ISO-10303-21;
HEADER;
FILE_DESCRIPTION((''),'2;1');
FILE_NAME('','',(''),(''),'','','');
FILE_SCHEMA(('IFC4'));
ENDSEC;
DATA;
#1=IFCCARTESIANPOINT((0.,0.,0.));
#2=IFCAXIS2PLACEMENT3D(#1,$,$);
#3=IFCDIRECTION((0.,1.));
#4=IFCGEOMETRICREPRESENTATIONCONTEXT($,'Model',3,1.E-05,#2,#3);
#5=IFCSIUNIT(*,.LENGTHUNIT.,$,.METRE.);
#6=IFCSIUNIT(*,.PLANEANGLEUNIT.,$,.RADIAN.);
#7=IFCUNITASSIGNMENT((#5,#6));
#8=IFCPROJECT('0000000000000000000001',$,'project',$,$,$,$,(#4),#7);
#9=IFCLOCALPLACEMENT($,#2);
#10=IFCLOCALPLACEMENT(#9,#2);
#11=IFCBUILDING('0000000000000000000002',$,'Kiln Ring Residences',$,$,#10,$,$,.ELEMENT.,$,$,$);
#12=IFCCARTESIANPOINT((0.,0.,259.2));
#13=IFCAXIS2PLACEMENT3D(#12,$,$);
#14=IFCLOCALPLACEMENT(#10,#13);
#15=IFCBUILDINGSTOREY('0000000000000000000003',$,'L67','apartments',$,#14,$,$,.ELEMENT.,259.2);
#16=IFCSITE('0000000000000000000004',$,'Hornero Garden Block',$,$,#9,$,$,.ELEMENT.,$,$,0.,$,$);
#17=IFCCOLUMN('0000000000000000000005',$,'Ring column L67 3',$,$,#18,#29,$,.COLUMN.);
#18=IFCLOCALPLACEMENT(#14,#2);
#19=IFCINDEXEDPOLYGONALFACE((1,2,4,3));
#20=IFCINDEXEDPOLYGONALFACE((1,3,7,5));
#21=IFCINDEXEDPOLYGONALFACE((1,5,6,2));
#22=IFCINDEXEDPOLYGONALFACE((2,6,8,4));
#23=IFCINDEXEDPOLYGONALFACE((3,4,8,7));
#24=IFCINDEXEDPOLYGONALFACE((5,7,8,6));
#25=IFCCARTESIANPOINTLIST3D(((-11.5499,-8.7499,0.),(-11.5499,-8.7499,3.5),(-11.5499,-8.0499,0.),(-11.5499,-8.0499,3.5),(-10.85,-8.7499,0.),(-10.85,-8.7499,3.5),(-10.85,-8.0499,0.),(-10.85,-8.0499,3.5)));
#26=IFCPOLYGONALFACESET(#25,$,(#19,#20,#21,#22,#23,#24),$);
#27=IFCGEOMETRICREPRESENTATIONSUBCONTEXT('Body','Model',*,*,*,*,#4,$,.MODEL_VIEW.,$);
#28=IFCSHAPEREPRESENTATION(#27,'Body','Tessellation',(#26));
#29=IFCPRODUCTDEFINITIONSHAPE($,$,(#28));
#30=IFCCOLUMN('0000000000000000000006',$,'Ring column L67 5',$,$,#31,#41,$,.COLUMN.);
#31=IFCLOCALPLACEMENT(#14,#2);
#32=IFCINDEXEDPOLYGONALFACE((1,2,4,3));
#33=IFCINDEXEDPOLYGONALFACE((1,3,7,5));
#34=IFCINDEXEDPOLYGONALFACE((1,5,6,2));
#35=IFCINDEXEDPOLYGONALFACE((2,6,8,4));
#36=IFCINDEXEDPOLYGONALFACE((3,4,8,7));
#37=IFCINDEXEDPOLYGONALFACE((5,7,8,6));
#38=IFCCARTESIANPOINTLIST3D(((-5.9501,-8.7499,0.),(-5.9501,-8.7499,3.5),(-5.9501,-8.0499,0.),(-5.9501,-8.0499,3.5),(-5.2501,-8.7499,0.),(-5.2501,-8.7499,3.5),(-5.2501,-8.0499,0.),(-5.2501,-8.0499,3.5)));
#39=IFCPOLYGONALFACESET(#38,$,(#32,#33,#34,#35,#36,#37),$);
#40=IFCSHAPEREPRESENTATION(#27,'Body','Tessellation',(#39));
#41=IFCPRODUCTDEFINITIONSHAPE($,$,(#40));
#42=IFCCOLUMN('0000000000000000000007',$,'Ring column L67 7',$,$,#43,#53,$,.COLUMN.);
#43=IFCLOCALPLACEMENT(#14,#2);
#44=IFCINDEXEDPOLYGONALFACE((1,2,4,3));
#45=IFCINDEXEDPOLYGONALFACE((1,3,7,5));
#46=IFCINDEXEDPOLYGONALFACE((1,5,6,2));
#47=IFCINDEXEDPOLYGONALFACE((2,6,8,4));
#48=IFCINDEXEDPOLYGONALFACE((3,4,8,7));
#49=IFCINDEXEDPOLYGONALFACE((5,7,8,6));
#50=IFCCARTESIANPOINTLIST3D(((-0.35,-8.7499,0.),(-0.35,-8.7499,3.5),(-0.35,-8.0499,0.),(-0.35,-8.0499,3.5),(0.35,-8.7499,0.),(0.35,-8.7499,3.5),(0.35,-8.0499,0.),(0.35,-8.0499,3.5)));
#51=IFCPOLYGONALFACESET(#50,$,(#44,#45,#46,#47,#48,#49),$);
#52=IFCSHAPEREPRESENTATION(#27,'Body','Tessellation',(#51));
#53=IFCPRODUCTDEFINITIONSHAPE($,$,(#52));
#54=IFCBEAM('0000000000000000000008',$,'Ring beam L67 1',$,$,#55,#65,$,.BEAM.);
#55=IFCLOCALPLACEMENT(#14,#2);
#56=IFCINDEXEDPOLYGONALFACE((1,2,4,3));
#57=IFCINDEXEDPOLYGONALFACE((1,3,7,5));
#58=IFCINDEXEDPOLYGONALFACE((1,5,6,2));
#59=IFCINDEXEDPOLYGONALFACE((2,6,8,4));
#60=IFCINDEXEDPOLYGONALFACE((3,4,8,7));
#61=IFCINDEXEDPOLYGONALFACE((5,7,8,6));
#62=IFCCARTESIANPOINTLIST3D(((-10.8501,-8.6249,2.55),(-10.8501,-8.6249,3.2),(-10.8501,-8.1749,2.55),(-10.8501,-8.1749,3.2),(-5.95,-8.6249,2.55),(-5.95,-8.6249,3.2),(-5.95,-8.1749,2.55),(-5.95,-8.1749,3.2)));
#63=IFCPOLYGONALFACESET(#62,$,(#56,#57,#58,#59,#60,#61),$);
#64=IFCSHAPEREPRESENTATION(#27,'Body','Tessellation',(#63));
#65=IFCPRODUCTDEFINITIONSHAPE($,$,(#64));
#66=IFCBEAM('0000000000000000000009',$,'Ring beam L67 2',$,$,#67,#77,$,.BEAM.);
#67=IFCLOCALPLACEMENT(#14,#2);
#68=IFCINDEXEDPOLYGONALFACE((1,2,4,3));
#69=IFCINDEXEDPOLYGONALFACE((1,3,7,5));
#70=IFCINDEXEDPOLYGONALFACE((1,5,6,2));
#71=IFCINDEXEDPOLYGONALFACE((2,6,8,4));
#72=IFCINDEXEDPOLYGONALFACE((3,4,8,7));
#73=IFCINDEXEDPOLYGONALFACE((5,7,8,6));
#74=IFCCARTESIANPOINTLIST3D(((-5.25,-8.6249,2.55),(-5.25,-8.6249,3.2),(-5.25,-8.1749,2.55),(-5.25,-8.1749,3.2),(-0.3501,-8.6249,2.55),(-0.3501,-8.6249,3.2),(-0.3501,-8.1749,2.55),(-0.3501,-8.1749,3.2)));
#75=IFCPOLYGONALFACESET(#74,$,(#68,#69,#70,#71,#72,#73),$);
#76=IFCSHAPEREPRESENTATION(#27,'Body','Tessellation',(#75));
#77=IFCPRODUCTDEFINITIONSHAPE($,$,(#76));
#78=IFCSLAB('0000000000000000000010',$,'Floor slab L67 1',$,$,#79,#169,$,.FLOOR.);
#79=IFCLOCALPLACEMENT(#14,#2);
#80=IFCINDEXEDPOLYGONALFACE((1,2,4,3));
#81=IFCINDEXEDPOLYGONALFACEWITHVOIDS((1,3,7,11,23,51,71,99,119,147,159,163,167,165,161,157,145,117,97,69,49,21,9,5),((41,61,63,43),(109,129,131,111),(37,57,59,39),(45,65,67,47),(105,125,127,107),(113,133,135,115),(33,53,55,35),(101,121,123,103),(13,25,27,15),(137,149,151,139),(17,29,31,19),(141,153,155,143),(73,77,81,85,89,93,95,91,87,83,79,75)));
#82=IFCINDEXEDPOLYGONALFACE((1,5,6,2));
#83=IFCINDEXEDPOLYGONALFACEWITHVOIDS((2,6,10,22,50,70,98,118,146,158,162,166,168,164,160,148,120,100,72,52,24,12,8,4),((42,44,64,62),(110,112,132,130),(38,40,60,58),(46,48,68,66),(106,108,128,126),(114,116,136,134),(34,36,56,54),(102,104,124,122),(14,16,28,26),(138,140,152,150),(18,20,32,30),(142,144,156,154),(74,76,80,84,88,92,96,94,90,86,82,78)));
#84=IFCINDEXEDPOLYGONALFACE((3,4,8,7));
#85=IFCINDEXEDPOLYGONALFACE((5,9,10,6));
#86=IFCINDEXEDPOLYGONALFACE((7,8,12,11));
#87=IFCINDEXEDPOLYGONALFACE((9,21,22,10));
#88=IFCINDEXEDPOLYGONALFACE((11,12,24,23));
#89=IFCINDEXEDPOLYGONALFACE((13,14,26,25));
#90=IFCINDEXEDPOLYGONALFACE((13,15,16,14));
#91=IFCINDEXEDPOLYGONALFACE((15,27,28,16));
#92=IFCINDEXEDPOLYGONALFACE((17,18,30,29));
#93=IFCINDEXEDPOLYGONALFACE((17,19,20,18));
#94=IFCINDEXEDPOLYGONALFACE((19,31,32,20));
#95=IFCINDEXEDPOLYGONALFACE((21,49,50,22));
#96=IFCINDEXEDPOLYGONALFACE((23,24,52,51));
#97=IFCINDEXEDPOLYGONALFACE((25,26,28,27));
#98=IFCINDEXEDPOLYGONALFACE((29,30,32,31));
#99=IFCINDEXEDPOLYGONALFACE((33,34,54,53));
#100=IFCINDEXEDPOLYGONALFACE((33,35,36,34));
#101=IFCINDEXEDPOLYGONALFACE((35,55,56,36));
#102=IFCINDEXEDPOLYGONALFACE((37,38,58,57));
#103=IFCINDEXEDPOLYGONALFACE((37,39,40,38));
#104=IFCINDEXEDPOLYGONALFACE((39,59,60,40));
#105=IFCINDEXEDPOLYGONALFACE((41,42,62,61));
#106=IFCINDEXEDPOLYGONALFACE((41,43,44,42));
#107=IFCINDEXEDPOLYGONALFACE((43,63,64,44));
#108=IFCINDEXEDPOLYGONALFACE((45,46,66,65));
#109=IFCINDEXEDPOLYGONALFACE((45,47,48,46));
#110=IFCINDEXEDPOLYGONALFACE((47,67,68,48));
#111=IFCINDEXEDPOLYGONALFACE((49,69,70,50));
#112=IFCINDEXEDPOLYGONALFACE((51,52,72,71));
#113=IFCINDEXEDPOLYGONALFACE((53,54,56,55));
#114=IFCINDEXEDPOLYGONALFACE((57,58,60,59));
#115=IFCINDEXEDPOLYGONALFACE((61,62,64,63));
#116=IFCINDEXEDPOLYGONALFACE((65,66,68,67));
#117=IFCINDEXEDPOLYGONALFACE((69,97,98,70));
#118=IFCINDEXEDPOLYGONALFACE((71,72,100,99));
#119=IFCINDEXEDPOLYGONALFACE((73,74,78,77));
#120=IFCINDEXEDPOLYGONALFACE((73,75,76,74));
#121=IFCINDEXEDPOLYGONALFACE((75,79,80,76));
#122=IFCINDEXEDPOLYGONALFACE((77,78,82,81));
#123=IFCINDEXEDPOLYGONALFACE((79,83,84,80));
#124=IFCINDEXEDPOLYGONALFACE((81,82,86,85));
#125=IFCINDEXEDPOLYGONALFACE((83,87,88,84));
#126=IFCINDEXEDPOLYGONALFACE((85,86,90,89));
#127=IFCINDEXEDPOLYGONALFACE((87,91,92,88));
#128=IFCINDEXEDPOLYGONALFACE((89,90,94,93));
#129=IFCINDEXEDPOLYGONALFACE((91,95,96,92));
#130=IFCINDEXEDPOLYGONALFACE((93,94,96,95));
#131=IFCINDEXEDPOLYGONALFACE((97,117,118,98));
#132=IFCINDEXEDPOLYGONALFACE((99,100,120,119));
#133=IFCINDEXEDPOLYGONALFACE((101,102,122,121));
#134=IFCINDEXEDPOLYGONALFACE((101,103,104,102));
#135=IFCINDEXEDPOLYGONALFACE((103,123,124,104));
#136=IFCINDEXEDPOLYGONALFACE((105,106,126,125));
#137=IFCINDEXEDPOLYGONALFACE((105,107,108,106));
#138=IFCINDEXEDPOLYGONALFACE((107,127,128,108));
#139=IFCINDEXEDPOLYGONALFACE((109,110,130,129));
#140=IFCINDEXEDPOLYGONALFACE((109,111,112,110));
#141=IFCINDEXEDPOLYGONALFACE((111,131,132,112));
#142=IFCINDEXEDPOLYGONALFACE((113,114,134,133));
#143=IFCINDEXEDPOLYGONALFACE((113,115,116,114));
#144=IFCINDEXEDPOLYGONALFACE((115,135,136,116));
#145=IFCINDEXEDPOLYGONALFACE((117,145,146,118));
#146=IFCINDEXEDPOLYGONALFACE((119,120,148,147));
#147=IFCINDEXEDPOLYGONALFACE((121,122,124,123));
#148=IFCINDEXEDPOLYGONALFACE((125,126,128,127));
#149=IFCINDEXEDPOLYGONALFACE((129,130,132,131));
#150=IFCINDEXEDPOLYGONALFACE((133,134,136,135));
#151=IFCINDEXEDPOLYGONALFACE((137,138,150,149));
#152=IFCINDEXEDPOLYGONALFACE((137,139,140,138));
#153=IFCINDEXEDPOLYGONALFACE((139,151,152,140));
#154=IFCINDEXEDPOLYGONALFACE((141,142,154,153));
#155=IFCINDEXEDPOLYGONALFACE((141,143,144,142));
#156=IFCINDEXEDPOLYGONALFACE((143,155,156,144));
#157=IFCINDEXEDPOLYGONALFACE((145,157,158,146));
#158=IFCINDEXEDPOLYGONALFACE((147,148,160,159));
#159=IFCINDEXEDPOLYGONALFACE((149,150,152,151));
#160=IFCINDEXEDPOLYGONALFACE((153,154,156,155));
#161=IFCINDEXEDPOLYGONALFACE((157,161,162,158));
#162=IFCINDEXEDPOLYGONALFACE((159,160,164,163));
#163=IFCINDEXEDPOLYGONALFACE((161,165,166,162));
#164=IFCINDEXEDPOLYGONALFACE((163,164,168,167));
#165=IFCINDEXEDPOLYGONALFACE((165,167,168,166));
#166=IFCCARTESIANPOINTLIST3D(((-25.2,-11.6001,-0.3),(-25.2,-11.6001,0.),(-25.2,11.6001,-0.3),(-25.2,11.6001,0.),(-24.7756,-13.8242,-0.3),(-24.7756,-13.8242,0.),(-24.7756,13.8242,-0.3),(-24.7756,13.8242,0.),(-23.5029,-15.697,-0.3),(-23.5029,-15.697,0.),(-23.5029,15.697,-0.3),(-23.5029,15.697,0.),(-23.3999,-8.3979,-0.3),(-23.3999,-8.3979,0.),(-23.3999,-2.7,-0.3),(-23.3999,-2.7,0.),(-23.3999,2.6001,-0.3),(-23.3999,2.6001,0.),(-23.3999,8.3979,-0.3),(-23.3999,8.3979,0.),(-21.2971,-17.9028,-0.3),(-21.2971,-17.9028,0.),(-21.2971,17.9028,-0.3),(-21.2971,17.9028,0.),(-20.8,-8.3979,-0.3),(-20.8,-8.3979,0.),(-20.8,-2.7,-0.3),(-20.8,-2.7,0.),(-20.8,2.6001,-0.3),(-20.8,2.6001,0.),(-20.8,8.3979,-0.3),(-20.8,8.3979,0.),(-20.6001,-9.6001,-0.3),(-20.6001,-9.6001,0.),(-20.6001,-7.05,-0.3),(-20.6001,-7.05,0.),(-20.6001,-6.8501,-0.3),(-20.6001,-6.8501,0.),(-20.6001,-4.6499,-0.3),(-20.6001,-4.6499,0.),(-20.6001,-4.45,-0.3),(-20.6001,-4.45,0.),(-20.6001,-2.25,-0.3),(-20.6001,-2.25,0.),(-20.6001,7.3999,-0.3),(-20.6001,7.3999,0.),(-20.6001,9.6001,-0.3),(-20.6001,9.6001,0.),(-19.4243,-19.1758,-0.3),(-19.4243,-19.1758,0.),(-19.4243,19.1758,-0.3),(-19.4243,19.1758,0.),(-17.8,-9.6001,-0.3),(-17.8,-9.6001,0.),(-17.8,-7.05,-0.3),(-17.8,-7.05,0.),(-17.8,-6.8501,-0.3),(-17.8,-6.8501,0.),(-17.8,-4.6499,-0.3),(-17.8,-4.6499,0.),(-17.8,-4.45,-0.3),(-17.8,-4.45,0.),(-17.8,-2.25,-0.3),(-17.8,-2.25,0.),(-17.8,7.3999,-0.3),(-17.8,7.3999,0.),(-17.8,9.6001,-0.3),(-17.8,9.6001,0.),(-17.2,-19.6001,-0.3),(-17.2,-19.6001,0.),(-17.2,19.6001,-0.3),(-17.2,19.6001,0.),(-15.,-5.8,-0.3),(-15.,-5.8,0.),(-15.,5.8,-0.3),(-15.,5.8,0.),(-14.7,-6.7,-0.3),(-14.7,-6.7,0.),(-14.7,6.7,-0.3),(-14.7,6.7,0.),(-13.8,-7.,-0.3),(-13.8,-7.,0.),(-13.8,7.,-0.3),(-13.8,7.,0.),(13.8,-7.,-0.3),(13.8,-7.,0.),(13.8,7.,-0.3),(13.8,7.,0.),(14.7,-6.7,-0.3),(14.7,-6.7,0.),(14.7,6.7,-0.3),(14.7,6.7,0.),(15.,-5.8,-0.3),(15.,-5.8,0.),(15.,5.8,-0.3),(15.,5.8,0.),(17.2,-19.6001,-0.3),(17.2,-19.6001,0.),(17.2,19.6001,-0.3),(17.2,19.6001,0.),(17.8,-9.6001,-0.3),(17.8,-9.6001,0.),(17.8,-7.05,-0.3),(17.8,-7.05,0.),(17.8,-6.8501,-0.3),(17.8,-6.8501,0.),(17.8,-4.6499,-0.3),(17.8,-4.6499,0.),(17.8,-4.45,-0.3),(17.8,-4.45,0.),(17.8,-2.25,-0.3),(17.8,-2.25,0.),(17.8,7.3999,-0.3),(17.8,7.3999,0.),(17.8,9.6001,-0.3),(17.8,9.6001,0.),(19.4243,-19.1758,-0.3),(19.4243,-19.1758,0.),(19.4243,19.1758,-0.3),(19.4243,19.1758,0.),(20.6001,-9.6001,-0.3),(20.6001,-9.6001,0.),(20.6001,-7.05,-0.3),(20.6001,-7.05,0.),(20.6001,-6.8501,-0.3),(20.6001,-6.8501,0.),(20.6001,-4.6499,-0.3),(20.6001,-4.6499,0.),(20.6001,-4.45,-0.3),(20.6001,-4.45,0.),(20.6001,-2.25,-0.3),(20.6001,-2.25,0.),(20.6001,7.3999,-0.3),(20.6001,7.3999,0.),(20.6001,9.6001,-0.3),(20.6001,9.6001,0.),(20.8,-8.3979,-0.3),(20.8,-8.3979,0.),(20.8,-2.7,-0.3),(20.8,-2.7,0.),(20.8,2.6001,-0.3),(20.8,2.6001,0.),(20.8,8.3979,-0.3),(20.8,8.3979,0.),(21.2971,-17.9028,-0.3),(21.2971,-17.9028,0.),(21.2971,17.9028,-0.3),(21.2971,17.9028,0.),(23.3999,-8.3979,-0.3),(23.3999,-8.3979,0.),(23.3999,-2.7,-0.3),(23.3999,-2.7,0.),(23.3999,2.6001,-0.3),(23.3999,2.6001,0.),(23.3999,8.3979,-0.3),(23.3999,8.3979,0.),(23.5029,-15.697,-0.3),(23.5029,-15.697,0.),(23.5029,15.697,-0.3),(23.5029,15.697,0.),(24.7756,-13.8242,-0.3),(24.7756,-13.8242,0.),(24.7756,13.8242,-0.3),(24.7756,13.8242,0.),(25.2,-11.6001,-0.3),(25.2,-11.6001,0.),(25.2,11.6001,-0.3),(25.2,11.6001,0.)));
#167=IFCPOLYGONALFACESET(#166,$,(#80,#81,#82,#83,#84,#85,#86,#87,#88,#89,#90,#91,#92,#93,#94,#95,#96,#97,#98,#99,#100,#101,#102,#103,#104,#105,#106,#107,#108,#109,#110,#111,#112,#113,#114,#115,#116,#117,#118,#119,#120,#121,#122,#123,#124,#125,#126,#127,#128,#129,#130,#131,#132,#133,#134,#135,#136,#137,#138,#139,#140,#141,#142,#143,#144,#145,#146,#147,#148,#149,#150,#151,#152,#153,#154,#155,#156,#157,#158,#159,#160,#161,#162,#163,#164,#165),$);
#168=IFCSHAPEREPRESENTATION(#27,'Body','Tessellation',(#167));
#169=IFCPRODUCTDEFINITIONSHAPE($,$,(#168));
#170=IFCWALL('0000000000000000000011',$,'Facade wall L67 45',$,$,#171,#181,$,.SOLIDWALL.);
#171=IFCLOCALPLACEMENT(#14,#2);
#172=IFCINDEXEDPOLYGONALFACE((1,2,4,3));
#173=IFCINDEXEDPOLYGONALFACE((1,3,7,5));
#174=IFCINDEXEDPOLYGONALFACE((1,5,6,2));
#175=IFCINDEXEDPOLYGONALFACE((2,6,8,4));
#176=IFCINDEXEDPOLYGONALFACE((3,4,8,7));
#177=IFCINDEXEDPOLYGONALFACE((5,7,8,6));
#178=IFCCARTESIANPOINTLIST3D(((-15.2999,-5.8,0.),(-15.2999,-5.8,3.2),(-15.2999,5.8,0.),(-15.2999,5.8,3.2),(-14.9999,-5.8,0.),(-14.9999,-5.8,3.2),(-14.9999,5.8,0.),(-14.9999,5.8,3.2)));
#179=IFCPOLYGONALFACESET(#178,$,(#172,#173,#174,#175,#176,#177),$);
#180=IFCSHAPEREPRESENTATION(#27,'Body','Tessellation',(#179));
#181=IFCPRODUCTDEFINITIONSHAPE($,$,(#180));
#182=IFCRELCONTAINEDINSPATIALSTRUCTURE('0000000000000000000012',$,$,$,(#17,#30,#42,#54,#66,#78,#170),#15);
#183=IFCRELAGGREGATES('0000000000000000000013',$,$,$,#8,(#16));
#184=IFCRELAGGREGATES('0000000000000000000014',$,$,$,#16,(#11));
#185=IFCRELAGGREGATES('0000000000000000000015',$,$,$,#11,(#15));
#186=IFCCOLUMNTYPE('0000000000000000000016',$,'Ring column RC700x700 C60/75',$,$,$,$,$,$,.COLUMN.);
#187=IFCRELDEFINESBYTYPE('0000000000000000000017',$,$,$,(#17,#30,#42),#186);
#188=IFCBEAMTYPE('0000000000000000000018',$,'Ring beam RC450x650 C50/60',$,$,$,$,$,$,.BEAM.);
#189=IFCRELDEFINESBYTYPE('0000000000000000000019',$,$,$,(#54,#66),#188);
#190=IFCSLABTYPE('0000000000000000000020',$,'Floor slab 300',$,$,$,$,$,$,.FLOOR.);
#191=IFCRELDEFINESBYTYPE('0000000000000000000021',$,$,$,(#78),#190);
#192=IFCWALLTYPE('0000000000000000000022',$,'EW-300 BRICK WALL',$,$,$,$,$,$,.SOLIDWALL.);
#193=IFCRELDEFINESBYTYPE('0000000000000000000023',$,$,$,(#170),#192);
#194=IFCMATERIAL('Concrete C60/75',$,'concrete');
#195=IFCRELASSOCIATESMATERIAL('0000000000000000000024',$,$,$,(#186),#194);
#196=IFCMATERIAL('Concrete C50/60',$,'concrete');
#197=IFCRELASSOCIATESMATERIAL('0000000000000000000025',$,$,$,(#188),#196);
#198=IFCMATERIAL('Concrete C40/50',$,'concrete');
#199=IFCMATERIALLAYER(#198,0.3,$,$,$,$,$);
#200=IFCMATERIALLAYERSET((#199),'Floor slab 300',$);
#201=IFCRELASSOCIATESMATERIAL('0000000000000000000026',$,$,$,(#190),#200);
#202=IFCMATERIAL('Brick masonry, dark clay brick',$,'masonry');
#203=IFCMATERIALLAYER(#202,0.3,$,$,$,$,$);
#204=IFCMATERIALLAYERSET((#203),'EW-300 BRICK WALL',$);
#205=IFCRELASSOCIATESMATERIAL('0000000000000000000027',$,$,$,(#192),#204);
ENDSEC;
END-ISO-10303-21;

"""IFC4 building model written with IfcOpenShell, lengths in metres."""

from ifc_helpers import new_model, si_unit, direction, frame, frame_2d, origin, origin_2d, place, context, subcontext, project, spatial, polyline, rectangle, outline, extrude, material, layer, layer_set, material_profile, profile_set, type_object, element, save


model = new_model("IFC4")

# Units and contexts
model_context = context("Model", 3, precision=1e-05, world=origin(), true_north=direction((0.0, 1.0)))
body_context = subcontext(model_context, "Body", "Model", "MODEL_VIEW")
ifc_project = project(units=[si_unit("LENGTHUNIT", "METRE"), si_unit("PLANEANGLEUNIT", "RADIAN")], contexts=[model_context])

# Site, building, storey
site_placement = place(None, origin())
site = spatial("IfcSite", under=ifc_project, at=site_placement, Name="Hornero Garden Block", CompositionType="ELEMENT", RefElevation=0.0)
building_placement = place(site_placement, origin())
building = spatial("IfcBuilding", under=site, at=building_placement, Name="Kiln Ring Residences", CompositionType="ELEMENT")
storey_placement = place(building_placement, frame((0.0, 0.0, 259.2)))
storey = spatial("IfcBuildingStorey", under=building, at=storey_placement, Name="L67", Description="apartments", CompositionType="ELEMENT", Elevation=259.2)

# Columns
ifc_material_1 = material(Name="Concrete C60/75", Category="concrete")
ifc_material_profile_1 = material_profile(ifc_material_1, rectangle(XDim=0.7, YDim=0.7, at=origin_2d()), Name="RC700x700")
ifc_profile_set_1 = profile_set([ifc_material_profile_1], Name="Concrete C60/75")
column_type = type_object("IfcColumnType", Name="Ring column RC700x700 C60/75", PredefinedType="COLUMN", material=ifc_profile_set_1)
for number, where, z_axis, x_axis, name in (
    (1, (-11.2, -8.3999, 0.0), (0.0, 0.0, 1.0), (1.0, 0.0, 0.0), "Ring column L67 3"),
    (2, (-5.6001, -8.3999, 0.0), (0.0, 0.0, 1.0), (1.0, 0.0, 0.0), "Ring column L67 5"),
    (3, (0.0, -8.3999, 0.0), (0.0, 0.0, 1.0), (1.0, 0.0, 0.0), "Ring column L67 7"),
):
    element("IfcColumn", number, at=place(storey_placement, frame(where, z_axis=z_axis, x_axis=x_axis)), inside=storey, type_object=column_type, Name=name, PredefinedType="COLUMN", context=body_context, shape_type="SweptSolid", body=[
        extrude(rectangle(XDim=0.7, YDim=0.7, at=origin_2d()), origin(), (0.0, 0.0, 1.0), 3.5),
    ])

# Beams
ifc_material_2 = material(Name="Concrete C50/60", Category="concrete")
ifc_material_profile_2 = material_profile(ifc_material_2, rectangle(XDim=0.45, YDim=0.6499, at=origin_2d()), Name="RC450x650")
ifc_profile_set_2 = profile_set([ifc_material_profile_2], Name="Concrete C50/60")
beam_type = type_object("IfcBeamType", Name="Ring beam RC450x650 C50/60", PredefinedType="BEAM", material=ifc_profile_set_2)
beam_1_placement = place(storey_placement, frame((-10.8501, -8.3999, 2.875), z_axis=(1.0, 0.0, 0.0), x_axis=(0.0, 1.0, 0.0)))
element("IfcBeam", 4, at=beam_1_placement, inside=storey, type_object=beam_type, Name="Ring beam L67 1", PredefinedType="BEAM", context=body_context, shape_type="SweptSolid", body=[
    extrude(rectangle(XDim=0.45, YDim=0.6499, at=origin_2d()), origin(), (0.0, 0.0, 1.0), 4.9001),
])
beam_2_placement = place(storey_placement, frame((-5.25, -8.3999, 2.875), z_axis=(1.0, 0.0, 0.0), x_axis=(0.0, 1.0, 0.0)))
element("IfcBeam", 5, at=beam_2_placement, inside=storey, type_object=beam_type, Name="Ring beam L67 2", PredefinedType="BEAM", context=body_context, shape_type="SweptSolid", body=[
    extrude(rectangle(XDim=0.45, YDim=0.6499, at=origin_2d()), origin(), (0.0, 0.0, 1.0), 4.8999),
])

# Slab
ifc_material_3 = material(Name="Concrete C40/50", Category="concrete")
ifc_layer_1 = layer(ifc_material_3, 0.3)
ifc_layer_set_1 = layer_set([ifc_layer_1], Name="Floor slab 300")
slab_type = type_object("IfcSlabType", Name="Floor slab 300", PredefinedType="FLOOR", material=ifc_layer_set_1)
slab_placement = place(storey_placement, frame((0.0, 0.0, -0.3)))
element("IfcSlab", 6, at=slab_placement, inside=storey, type_object=slab_type, Name="Floor slab L67 1", PredefinedType="FLOOR", context=body_context, shape_type="SweptSolid", body=[
    extrude(outline(polyline([(-23.5029, -15.697), (-21.2971, -17.9028), (-19.4243, -19.1758), (-17.2, -19.6001), (17.2, -19.6001), (19.4243, -19.1758), (21.2971, -17.9028), (23.5029, -15.697), (24.7756, -13.8242), (25.2, -11.6001), (25.2, 11.6001), (24.7756, 13.8242), (23.5029, 15.697), (21.2971, 17.9028), (19.4243, 19.1758), (17.2, 19.6001), (-17.2, 19.6001), (-19.4243, 19.1758), (-21.2971, 17.9028), (-23.5029, 15.697), (-24.7756, 13.8242), (-25.2, 11.6001), (-25.2, -11.6001), (-24.7756, -13.8242), (-23.5029, -15.697)]), holes=[polyline([(-14.7, -6.7), (-15.0, -5.8), (-15.0, 5.8), (-14.7, 6.7), (-13.8, 7.0), (13.8, 7.0), (14.7, 6.7), (15.0, 5.8), (15.0, -5.8), (14.7, -6.7), (13.8, -7.0), (-13.8, -7.0), (-14.7, -6.7)]), polyline([(20.8, -8.3979), (20.8, -2.7), (23.3999, -2.7), (23.3999, -8.3979), (20.8, -8.3979)]), polyline([(20.8, 2.6001), (20.8, 8.3979), (23.3999, 8.3979), (23.3999, 2.6001), (20.8, 2.6001)]), polyline([(17.8, -6.8501), (17.8, -4.6499), (20.6001, -4.6499), (20.6001, -6.8501), (17.8, -6.8501)]), polyline([(17.8, 7.3999), (17.8, 9.6001), (20.6001, 9.6001), (20.6001, 7.3999), (17.8, 7.3999)]), polyline([(20.6001, -9.6001), (17.8, -9.6001), (17.8, -7.05), (20.6001, -7.05), (20.6001, -9.6001)]), polyline([(20.6001, -4.45), (17.8, -4.45), (17.8, -2.25), (20.6001, -2.25), (20.6001, -4.45)]), polyline([(-17.8, -7.05), (-17.8, -9.6001), (-20.6001, -9.6001), (-20.6001, -7.05), (-17.8, -7.05)]), polyline([(-17.8, -6.8501), (-20.6001, -6.8501), (-20.6001, -4.6499), (-17.8, -4.6499), (-17.8, -6.8501)]), polyline([(-17.8, -2.25), (-17.8, -4.45), (-20.6001, -4.45), (-20.6001, -2.25), (-17.8, -2.25)]), polyline([(-17.8, 7.3999), (-20.6001, 7.3999), (-20.6001, 9.6001), (-17.8, 9.6001), (-17.8, 7.3999)]), polyline([(-20.8, -8.3979), (-23.3999, -8.3979), (-23.3999, -2.7), (-20.8, -2.7), (-20.8, -8.3979)]), polyline([(-20.8, 2.6001), (-23.3999, 2.6001), (-23.3999, 8.3979), (-20.8, 8.3979), (-20.8, 2.6001)])]), origin(), (0.0, 0.0, 1.0), 0.3),
])

# Wall
ifc_material_4 = material(Name="Brick masonry, dark clay brick", Category="masonry")
ifc_layer_2 = layer(ifc_material_4, 0.3)
ifc_layer_set_2 = layer_set([ifc_layer_2], Name="EW-300 BRICK WALL")
wall_type = type_object("IfcWallType", Name="EW-300 BRICK WALL", PredefinedType="SOLIDWALL", material=ifc_layer_set_2)
wall_placement = place(storey_placement, frame((-15.1499, -5.8, 0.0), z_axis=(0.0, 0.0, 1.0), x_axis=(0.0, 1.0, 0.0)))
element("IfcWall", 7, at=wall_placement, inside=storey, type_object=wall_type, Name="Facade wall L67 45", PredefinedType="SOLIDWALL", context=body_context, shape_type="SweptSolid", body=[
    extrude(rectangle(XDim=11.6001, YDim=0.3, at=frame_2d((5.8, 0.0))), origin(), (0.0, 0.0, 1.0), 3.2),
])

save(model, "model.ifc")
